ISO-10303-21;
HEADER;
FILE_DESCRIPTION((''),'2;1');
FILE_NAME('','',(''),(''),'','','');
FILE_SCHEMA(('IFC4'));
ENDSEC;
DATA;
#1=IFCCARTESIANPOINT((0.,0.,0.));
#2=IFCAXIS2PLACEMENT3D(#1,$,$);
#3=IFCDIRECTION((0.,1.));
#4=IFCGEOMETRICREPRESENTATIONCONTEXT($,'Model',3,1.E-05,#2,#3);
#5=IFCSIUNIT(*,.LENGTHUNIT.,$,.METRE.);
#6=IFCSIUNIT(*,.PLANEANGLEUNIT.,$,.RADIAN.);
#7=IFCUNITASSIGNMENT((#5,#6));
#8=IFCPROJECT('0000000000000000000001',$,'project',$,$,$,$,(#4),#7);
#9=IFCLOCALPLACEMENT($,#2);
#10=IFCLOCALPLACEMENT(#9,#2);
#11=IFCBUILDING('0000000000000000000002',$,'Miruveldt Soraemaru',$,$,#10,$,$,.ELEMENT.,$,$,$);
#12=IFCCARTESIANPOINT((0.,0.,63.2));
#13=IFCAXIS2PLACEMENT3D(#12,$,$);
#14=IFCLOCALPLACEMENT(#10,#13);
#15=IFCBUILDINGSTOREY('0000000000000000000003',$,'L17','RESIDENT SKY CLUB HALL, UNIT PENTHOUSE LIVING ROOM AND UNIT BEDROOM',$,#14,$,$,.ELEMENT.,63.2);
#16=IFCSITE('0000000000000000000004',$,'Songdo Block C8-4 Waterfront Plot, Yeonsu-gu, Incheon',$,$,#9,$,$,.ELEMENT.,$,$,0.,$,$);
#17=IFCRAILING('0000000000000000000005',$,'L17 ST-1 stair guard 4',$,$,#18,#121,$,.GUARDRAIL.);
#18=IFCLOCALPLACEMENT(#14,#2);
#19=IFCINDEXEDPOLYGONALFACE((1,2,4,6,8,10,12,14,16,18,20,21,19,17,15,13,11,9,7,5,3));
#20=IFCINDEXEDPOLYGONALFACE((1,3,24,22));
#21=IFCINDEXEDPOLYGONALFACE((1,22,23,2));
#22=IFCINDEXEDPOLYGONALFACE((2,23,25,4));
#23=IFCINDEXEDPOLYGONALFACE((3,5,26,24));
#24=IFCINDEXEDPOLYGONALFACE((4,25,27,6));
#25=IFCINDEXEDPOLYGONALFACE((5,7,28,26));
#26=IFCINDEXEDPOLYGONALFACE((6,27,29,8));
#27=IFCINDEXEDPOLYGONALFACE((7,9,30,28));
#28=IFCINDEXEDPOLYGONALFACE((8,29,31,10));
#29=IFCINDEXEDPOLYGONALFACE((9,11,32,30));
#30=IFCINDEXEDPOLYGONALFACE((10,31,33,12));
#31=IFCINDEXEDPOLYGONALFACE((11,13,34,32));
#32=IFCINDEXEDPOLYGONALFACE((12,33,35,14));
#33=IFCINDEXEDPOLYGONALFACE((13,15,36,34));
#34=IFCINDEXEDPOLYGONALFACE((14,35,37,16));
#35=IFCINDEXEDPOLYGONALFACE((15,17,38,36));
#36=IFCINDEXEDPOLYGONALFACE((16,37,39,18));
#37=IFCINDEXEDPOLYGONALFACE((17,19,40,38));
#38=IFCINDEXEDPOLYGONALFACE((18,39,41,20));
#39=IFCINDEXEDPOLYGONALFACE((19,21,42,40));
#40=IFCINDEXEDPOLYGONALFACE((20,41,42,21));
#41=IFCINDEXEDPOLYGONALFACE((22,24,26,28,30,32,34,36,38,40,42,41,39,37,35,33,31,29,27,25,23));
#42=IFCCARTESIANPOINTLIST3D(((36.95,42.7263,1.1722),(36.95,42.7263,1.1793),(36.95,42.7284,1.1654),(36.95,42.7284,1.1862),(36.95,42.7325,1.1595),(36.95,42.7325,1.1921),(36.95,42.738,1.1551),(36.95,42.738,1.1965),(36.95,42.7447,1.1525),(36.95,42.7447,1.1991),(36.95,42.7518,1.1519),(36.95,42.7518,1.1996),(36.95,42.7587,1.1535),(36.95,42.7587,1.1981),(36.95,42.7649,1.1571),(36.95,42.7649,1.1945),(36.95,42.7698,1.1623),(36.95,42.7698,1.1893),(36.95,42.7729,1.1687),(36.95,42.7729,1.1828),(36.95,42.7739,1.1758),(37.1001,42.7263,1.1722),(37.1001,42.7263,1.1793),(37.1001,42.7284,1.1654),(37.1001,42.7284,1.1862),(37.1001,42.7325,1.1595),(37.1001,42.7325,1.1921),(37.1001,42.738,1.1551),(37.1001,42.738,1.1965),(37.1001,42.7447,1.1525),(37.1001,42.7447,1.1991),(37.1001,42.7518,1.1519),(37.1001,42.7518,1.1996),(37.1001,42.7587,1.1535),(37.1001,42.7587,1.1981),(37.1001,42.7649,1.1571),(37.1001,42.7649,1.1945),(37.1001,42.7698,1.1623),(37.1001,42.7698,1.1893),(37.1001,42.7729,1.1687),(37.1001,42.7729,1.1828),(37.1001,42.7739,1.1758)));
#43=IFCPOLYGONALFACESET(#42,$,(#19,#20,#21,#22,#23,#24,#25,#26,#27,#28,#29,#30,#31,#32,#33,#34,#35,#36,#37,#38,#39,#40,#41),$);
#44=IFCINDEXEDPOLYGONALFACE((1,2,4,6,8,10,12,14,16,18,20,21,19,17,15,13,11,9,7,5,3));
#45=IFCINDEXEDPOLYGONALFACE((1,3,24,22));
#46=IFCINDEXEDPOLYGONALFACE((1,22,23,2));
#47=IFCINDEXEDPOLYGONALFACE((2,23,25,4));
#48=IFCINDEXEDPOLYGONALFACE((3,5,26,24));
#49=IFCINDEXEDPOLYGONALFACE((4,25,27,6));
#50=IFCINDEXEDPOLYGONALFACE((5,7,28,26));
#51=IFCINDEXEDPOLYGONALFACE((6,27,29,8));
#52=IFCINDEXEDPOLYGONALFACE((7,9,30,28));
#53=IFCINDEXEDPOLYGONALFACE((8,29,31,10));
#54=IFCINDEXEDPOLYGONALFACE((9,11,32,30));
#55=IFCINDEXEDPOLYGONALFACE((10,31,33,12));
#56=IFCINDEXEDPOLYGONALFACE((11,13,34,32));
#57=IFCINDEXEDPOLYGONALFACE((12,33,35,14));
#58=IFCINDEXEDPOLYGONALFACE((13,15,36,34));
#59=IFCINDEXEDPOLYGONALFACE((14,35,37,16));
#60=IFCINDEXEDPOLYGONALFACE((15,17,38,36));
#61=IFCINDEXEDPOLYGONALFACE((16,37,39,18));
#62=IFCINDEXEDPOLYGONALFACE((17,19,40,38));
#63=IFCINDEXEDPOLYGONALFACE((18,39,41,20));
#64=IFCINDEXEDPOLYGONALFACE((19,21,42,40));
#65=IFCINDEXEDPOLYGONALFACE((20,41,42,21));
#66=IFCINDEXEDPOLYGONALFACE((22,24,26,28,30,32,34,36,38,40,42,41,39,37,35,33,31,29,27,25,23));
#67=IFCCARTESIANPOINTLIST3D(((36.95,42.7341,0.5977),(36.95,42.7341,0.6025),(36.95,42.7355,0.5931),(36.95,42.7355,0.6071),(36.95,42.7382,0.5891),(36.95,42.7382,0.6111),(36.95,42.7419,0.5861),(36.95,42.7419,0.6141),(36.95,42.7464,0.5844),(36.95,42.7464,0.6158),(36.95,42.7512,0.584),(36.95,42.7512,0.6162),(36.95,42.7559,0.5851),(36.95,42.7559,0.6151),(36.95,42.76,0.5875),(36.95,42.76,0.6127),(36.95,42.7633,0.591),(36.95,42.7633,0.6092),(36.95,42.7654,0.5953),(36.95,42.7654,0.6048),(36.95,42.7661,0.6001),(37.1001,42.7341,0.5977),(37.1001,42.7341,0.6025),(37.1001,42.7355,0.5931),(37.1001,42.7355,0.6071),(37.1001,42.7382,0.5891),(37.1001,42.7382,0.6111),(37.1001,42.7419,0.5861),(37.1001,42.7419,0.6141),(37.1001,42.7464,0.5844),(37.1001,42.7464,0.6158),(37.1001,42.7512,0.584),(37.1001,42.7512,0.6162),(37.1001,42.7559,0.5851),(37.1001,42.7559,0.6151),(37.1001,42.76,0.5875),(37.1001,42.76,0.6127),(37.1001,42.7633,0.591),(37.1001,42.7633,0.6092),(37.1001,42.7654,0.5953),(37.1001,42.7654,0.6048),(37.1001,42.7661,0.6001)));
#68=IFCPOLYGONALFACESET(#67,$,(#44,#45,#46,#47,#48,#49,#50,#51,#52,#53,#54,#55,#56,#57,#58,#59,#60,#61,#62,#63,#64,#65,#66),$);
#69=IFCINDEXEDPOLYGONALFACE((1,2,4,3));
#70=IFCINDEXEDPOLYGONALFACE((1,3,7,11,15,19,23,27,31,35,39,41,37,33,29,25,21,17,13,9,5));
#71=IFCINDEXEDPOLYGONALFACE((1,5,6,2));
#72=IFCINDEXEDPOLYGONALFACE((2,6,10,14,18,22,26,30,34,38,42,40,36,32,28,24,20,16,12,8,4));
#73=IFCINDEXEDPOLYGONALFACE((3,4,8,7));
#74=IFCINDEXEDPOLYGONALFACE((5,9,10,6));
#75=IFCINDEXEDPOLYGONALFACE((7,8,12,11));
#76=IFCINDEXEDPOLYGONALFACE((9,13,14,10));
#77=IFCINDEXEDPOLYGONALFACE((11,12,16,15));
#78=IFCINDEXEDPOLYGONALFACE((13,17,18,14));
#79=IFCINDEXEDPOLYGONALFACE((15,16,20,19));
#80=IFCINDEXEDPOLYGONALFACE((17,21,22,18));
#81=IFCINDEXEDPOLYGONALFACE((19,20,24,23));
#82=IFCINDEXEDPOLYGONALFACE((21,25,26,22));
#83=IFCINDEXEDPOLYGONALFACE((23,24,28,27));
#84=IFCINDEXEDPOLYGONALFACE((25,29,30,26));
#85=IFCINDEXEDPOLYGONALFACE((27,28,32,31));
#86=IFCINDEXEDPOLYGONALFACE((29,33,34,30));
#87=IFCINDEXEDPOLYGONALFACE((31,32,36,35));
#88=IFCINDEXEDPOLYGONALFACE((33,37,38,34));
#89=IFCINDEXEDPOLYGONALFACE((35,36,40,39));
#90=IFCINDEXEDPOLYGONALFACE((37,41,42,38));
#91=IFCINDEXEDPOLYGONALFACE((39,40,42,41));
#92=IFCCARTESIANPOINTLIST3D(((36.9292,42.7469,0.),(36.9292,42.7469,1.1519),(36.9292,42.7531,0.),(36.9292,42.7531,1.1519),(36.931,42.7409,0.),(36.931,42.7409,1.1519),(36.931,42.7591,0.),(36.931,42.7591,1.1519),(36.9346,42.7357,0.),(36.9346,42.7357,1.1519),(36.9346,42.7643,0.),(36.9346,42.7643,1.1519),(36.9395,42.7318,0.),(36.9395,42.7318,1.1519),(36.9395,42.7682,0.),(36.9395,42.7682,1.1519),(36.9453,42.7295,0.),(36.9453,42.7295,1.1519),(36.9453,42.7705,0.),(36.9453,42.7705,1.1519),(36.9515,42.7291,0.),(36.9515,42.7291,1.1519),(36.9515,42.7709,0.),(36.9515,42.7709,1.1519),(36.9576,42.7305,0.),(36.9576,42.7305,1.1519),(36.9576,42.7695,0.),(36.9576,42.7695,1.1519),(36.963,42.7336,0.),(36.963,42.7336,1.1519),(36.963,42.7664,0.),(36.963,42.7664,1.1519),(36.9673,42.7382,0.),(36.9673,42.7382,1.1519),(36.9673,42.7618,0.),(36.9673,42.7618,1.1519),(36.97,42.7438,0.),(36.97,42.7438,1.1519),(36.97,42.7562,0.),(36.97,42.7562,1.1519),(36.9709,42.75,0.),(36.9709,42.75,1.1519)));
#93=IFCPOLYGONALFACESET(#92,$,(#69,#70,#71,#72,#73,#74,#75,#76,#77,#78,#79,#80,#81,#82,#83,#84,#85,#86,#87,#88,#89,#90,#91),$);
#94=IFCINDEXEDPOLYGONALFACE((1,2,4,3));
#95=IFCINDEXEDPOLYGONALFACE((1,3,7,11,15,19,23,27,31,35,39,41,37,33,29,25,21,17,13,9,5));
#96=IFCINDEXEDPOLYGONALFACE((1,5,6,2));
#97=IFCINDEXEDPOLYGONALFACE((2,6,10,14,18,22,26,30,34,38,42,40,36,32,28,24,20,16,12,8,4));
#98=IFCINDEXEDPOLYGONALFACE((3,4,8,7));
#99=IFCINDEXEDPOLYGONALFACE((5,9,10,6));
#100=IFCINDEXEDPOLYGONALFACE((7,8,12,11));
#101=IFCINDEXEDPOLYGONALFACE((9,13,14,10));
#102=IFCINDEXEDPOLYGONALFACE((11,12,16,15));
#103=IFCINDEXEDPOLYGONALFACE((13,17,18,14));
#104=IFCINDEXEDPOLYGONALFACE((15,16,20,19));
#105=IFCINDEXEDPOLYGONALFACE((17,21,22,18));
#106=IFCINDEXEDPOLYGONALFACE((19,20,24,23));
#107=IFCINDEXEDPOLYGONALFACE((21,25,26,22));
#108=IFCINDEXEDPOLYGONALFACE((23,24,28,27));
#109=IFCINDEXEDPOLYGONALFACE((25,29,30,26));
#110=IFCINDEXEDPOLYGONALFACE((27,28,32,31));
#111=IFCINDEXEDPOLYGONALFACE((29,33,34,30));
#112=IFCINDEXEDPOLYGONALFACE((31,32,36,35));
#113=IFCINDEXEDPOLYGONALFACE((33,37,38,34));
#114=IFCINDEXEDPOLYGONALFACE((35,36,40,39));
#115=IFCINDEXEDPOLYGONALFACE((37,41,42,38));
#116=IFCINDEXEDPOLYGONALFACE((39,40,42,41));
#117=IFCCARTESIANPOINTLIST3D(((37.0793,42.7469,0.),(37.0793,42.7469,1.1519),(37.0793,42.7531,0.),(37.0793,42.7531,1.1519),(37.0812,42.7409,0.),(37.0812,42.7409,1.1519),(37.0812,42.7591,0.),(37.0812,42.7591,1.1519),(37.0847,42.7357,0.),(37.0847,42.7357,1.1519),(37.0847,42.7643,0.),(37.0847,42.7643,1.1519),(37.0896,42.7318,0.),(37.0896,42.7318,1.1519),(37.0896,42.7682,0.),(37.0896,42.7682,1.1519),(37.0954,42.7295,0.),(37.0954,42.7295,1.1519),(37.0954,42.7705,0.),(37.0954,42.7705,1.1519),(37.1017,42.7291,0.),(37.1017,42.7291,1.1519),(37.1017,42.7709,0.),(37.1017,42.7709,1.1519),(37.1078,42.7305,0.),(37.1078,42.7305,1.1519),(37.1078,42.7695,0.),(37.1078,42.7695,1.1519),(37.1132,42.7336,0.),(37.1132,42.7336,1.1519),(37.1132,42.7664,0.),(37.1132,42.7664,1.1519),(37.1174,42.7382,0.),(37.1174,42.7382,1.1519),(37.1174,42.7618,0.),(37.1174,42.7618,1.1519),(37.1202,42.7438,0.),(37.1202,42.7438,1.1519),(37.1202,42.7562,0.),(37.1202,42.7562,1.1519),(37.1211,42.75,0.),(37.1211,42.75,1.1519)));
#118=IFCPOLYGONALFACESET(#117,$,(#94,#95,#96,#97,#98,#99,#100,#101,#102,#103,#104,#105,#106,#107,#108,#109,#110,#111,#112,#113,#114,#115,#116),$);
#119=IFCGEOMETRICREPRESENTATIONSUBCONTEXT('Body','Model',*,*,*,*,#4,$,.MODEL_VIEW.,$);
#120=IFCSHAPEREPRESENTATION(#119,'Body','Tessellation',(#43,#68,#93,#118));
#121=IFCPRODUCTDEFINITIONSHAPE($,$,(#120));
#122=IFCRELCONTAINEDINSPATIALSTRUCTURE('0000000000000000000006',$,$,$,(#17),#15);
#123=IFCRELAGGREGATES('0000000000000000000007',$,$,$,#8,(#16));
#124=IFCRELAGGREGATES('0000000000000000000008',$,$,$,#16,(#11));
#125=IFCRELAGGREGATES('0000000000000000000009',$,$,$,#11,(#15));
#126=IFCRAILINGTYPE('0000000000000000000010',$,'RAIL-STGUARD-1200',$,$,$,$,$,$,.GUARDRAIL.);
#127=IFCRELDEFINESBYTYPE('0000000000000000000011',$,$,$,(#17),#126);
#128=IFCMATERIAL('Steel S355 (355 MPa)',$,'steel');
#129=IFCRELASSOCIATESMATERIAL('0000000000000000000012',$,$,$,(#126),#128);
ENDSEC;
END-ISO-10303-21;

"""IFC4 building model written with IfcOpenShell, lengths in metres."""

from ifc_helpers import new_model, si_unit, direction, frame, origin, origin_2d, place, context, subcontext, project, spatial, circle, extrude, material, type_object, element, save


model = new_model("IFC4")

# Units and contexts
model_context = context("Model", 3, precision=1e-05, world=origin(), true_north=direction((0.0, 1.0)))
body_context = subcontext(model_context, "Body", "Model", "MODEL_VIEW")
ifc_project = project(units=[si_unit("LENGTHUNIT", "METRE"), si_unit("PLANEANGLEUNIT", "RADIAN")], contexts=[model_context])

# Site, building, storey
site_placement = place(None, origin())
site = spatial("IfcSite", under=ifc_project, at=site_placement, Name="Songdo Block C8-4 Waterfront Plot, Yeonsu-gu, Incheon", CompositionType="ELEMENT", RefElevation=0.0)
building_placement = place(site_placement, origin())
building = spatial("IfcBuilding", under=site, at=building_placement, Name="Miruveldt Soraemaru", CompositionType="ELEMENT")
storey_placement = place(building_placement, frame((0.0, 0.0, 63.2)))
storey = spatial("IfcBuildingStorey", under=building, at=storey_placement, Name="L17", Description="RESIDENT SKY CLUB HALL, UNIT PENTHOUSE LIVING ROOM AND UNIT BEDROOM", CompositionType="ELEMENT", Elevation=63.2)

# Railing
ifc_material_1 = material(Name="Steel S355 (355 MPa)", Category="steel")
railing_type_1 = type_object("IfcRailingType", Name="RAIL-STGUARD-1200", PredefinedType="GUARDRAIL", material=ifc_material_1)
railing_1_placement = place(storey_placement, frame((36.95, 42.75, 0.0)))
element("IfcRailing", 1, at=railing_1_placement, inside=storey, type_object=railing_type_1, Name="L17 ST-1 stair guard 4", PredefinedType="GUARDRAIL", context=body_context, shape_type="SweptSolid", body=[
    extrude(circle(Radius=0.0239, at=origin_2d()), frame((0.0, 0.0, 1.1758), z_axis=(1.0, 0.0, 0.0), x_axis=(0.0, 1.0, 0.0)), (0.0, 0.0, 1.0), 0.1501),
    extrude(circle(Radius=0.0161, at=origin_2d()), frame((0.0, 0.0, 0.6001), z_axis=(1.0, 0.0, 0.0), x_axis=(0.0, 1.0, 0.0)), (0.0, 0.0, 1.0), 0.1501),
    extrude(circle(Radius=0.021, at=origin_2d()), origin(), (0.0, 0.0, 1.0), 1.1519),
    extrude(circle(Radius=0.021, at=origin_2d()), frame((0.1501, 0.0, 0.0)), (0.0, 0.0, 1.0), 1.1519),
])

save(model, "model.ifc")
